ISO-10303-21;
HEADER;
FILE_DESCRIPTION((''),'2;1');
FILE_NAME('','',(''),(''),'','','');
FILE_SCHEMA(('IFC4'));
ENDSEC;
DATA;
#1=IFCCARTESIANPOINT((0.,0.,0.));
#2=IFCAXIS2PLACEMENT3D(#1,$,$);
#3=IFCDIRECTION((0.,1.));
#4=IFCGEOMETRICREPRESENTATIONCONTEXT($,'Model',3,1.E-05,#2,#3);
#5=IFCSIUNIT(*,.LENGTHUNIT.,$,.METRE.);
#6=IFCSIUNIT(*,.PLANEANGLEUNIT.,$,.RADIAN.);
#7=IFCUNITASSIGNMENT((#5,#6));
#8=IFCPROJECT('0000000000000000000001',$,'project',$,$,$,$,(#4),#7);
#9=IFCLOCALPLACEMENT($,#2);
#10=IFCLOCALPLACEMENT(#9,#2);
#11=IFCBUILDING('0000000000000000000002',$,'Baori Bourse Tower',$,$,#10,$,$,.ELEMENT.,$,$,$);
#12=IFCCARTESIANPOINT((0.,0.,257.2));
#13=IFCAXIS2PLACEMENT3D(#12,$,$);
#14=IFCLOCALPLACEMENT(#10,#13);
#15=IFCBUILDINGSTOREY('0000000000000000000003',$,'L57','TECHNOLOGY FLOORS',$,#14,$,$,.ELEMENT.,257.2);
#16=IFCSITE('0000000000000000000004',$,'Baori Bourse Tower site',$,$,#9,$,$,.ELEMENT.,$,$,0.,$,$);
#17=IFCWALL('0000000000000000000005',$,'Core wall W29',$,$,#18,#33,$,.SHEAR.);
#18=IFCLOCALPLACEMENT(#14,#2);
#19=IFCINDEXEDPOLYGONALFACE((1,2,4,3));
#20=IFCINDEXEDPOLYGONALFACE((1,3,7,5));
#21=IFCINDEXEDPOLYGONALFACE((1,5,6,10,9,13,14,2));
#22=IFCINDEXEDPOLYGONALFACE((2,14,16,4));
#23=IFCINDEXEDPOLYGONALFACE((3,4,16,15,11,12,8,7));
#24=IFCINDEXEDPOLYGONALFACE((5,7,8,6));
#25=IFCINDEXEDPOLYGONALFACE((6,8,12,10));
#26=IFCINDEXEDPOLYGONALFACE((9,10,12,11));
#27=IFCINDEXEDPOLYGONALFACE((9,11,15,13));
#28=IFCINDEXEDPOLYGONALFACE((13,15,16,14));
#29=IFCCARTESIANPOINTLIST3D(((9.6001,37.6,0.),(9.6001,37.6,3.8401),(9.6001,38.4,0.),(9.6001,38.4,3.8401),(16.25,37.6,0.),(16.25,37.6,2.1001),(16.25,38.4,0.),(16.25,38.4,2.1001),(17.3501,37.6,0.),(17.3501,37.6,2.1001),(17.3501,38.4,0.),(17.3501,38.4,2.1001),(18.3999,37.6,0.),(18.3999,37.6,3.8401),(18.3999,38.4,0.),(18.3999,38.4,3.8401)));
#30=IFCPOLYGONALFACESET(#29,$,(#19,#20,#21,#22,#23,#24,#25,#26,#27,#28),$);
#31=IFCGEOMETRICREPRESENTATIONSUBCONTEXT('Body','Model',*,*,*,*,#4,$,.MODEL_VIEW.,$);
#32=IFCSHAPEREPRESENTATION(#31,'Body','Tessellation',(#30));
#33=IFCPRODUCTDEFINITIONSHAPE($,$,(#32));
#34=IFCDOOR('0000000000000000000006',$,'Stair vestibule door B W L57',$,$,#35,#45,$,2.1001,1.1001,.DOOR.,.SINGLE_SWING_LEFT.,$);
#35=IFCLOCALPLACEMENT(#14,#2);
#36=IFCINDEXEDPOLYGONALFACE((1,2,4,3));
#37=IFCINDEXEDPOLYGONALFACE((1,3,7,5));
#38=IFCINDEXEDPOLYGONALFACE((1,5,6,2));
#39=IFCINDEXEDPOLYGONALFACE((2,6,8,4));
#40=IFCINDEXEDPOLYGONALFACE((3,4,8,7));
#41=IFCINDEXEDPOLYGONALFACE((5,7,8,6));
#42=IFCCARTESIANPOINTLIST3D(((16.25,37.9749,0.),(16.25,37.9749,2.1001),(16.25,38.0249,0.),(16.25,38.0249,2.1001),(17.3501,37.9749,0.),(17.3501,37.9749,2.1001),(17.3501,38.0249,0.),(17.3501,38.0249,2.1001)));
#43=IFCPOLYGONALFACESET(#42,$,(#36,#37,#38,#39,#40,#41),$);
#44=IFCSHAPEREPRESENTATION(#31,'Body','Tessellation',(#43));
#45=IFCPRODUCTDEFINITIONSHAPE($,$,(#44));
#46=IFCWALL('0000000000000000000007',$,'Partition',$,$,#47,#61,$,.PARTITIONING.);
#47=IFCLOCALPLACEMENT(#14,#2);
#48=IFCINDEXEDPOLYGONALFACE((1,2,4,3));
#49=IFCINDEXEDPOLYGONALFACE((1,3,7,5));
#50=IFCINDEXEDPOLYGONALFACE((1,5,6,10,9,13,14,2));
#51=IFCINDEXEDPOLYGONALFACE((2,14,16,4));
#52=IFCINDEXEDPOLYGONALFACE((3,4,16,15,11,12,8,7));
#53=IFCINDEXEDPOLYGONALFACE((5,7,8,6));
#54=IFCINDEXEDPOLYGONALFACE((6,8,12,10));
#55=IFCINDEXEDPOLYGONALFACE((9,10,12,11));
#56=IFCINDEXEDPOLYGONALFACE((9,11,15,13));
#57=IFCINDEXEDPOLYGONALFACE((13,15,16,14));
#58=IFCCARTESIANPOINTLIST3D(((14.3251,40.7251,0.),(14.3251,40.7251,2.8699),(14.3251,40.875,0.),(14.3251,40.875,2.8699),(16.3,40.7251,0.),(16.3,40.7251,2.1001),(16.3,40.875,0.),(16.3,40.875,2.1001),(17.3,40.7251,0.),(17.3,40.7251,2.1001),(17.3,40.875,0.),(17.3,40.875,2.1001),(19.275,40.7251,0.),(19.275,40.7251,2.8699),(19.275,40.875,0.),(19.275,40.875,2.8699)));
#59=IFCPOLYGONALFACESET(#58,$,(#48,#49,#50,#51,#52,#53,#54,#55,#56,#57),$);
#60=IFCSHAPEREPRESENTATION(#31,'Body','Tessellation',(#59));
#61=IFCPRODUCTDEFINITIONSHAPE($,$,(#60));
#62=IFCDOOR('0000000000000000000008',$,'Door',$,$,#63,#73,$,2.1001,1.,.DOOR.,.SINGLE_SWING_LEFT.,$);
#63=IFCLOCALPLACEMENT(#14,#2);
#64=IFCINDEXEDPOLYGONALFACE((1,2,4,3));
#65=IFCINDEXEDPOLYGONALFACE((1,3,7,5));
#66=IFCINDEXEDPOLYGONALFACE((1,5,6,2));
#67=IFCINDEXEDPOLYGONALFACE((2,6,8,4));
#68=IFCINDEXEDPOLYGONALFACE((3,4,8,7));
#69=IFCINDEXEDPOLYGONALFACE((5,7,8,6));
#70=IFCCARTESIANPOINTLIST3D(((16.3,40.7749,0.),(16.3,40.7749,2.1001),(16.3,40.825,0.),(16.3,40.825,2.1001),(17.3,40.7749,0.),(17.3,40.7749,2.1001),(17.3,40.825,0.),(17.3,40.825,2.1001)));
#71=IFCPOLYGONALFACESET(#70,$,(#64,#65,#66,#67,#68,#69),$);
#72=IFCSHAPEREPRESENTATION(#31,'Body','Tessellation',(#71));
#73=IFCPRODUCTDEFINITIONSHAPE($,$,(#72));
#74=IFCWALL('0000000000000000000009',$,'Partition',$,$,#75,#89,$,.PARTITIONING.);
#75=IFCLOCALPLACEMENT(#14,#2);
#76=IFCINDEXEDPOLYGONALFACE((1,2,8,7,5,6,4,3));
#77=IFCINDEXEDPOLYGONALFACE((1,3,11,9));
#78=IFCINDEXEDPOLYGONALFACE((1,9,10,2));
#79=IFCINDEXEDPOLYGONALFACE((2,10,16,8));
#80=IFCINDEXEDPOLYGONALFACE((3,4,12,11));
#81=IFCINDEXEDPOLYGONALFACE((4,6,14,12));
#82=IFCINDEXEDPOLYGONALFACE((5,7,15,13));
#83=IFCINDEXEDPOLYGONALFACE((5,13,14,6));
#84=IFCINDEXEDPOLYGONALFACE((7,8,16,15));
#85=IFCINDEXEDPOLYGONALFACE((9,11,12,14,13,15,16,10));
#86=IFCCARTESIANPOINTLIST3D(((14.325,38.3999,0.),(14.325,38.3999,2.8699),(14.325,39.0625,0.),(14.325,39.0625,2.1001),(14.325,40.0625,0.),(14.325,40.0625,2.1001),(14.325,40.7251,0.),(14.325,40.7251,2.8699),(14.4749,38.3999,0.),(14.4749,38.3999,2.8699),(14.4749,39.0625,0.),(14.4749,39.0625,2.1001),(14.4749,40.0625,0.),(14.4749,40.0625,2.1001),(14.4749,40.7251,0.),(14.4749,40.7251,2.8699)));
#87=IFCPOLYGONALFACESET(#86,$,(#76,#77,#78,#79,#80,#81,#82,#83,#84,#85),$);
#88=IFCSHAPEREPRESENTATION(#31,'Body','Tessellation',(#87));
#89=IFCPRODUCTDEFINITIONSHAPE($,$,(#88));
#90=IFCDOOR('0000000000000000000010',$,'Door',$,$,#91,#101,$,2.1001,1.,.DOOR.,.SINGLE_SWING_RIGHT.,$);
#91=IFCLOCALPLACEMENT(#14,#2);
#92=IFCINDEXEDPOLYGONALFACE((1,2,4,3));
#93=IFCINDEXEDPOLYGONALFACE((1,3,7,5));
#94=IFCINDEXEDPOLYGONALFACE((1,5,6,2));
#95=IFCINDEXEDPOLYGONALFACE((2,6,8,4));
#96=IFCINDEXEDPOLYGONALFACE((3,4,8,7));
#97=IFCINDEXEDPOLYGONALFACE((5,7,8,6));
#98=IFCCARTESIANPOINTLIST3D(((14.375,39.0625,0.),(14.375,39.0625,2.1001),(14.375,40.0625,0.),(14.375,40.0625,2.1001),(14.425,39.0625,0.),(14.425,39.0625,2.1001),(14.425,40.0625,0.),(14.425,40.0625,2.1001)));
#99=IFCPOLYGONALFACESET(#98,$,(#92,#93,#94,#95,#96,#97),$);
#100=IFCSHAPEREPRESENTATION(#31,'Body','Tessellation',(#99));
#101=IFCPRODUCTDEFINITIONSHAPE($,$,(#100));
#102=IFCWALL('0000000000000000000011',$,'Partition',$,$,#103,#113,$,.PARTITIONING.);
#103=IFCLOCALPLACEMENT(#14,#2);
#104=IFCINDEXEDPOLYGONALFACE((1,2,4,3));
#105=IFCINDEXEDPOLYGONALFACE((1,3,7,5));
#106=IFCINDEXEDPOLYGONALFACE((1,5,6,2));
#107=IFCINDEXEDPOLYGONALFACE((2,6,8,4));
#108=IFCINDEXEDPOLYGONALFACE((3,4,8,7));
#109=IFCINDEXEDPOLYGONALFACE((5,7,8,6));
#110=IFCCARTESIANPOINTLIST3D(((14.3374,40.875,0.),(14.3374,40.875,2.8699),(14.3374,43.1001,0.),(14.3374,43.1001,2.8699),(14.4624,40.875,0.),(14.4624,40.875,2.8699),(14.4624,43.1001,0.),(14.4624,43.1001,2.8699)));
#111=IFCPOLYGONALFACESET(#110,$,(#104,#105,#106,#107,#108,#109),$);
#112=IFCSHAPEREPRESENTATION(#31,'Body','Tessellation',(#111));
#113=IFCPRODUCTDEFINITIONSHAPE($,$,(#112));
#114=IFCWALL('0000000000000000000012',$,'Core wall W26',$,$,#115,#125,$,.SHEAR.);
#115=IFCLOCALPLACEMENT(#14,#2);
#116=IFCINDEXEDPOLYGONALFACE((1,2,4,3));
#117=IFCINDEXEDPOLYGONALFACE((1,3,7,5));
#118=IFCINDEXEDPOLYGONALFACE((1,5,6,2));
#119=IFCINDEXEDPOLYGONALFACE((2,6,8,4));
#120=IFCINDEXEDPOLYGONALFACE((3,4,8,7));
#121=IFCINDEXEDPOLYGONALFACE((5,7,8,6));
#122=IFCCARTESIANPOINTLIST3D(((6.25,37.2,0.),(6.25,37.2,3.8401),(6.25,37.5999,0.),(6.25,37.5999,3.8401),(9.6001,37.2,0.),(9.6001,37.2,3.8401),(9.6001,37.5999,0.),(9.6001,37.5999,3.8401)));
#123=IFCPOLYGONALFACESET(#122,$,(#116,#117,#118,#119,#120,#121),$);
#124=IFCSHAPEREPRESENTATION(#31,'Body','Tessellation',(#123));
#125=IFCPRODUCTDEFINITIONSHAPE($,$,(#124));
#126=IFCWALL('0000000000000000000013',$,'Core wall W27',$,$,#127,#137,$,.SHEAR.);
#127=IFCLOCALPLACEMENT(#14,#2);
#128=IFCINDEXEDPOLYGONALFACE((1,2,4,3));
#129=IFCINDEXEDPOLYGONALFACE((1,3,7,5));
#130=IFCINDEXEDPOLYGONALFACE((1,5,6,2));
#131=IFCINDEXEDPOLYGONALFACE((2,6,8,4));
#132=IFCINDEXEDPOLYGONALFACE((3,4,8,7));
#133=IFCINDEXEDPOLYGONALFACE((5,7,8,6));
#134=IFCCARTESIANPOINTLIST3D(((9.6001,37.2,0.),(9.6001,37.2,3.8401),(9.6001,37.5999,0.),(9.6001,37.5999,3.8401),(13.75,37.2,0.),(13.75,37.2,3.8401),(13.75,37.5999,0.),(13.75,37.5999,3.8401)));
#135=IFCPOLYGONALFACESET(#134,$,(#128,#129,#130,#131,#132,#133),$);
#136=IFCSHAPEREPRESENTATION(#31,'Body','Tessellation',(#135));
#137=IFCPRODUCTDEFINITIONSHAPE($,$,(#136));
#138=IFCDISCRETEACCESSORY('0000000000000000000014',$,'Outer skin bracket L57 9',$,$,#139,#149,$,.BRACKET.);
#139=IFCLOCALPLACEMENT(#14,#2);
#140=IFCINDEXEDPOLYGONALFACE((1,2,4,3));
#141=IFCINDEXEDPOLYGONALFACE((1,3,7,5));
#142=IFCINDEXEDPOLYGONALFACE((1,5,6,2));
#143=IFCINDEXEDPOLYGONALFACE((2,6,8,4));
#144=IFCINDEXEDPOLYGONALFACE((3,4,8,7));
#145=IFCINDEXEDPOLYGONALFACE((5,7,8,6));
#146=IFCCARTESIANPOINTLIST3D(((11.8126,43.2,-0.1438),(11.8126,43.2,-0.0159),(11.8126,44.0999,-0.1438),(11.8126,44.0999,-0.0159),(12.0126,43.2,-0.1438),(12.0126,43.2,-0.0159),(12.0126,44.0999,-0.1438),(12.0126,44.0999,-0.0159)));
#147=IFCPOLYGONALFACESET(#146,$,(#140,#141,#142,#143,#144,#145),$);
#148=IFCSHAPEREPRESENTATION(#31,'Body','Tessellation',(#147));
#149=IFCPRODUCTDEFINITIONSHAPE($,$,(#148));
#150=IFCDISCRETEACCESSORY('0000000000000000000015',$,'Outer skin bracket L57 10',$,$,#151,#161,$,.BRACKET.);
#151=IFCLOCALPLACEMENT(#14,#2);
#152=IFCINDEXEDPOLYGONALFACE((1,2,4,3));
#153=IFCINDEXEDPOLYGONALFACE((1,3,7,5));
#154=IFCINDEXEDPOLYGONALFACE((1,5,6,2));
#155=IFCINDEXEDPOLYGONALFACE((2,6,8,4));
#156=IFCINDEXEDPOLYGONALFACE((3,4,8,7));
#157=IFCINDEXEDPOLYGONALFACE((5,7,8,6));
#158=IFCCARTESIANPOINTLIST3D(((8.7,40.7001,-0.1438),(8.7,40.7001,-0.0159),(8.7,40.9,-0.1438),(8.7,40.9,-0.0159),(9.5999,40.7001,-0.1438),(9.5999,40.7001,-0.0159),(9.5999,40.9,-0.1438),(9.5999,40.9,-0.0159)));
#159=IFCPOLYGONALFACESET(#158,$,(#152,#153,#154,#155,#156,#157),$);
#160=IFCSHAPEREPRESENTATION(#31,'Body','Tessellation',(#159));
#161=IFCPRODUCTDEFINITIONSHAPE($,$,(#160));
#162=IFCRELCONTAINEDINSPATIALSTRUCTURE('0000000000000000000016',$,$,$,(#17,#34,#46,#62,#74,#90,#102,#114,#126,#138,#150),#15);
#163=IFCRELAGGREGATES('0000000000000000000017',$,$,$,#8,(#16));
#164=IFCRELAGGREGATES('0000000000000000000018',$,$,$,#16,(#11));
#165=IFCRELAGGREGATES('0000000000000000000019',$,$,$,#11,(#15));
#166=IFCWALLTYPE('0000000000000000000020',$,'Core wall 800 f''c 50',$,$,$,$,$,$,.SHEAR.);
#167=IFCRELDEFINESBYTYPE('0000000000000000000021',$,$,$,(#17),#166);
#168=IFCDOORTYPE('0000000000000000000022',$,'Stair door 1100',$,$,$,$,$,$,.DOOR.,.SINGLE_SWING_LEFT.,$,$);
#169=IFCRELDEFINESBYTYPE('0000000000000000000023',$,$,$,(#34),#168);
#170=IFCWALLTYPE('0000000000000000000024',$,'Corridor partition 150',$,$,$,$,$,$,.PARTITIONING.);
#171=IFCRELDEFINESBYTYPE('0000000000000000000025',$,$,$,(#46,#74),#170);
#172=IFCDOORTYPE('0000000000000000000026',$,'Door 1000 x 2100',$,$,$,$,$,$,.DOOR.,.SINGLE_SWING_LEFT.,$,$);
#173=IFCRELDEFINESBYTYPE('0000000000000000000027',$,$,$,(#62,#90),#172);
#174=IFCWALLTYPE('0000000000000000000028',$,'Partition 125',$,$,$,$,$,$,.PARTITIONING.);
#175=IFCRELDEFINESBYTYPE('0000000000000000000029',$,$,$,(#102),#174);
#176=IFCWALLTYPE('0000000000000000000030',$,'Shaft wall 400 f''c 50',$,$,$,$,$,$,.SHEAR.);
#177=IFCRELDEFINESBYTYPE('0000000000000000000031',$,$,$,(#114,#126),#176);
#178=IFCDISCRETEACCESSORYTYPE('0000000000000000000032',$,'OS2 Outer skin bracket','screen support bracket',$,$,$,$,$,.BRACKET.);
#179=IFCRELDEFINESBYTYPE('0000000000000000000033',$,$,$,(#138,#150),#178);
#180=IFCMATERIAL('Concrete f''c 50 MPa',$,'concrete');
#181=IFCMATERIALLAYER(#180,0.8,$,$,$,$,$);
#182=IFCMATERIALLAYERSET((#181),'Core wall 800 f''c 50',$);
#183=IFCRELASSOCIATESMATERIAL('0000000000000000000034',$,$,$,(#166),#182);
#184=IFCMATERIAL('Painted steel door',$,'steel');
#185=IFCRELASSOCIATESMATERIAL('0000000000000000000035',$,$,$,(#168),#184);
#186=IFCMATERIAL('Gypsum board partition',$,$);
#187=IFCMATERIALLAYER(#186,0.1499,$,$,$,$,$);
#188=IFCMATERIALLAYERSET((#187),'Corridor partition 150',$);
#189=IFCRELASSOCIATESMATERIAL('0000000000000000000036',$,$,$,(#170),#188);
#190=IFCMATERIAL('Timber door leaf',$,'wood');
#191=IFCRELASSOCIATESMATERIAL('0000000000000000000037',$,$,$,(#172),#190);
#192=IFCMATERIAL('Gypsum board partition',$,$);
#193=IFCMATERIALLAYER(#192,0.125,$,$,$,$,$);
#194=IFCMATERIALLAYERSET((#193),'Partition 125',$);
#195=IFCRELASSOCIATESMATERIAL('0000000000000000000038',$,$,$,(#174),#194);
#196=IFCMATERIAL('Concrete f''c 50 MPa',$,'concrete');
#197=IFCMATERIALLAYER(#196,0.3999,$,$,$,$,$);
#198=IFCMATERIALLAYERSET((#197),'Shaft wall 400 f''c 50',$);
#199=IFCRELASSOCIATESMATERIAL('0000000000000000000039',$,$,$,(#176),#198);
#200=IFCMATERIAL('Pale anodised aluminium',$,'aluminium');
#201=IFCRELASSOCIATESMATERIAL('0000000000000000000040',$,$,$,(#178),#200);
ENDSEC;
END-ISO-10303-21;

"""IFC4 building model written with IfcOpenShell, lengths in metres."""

from ifc_helpers import new_model, si_unit, direction, frame, frame_2d, origin, origin_2d, place, context, subcontext, project, spatial, rectangle, extrude, material, layer, layer_set, type_object, element, fill, save


model = new_model("IFC4")

# Units and contexts
model_context = context("Model", 3, precision=1e-05, world=origin(), true_north=direction((0.0, 1.0)))
body_context = subcontext(model_context, "Body", "Model", "MODEL_VIEW")
ifc_project = project(units=[si_unit("LENGTHUNIT", "METRE"), si_unit("PLANEANGLEUNIT", "RADIAN")], contexts=[model_context])

# Site, building, storey
site_placement = place(None, origin())
site = spatial("IfcSite", under=ifc_project, at=site_placement, Name="Baori Bourse Tower site", CompositionType="ELEMENT", RefElevation=0.0)
building_placement = place(site_placement, origin())
building = spatial("IfcBuilding", under=site, at=building_placement, Name="Baori Bourse Tower", CompositionType="ELEMENT")
storey_placement = place(building_placement, frame((0.0, 0.0, 257.2)))
storey = spatial("IfcBuildingStorey", under=building, at=storey_placement, Name="L57", Description="TECHNOLOGY FLOORS", CompositionType="ELEMENT", Elevation=257.2)

# Shared definitions
ifc_material_1 = material(Name="Concrete f'c 50 MPa", Category="concrete")
ifc_layer_1 = layer(ifc_material_1, 0.8)
ifc_layer_set_1 = layer_set([ifc_layer_1], Name="Core wall 800 f'c 50")
wall_type_1 = type_object("IfcWallType", Name="Core wall 800 f'c 50", PredefinedType="SHEAR", material=ifc_layer_set_1)

# Walls, openings, doors
wall_1_placement = place(storey_placement, frame((9.6001, 38.0, 0.0), z_axis=(0.0, 0.0, 1.0), x_axis=(1.0, 0.0, 0.0)))
wall_1 = element("IfcWall", 1, at=wall_1_placement, inside=storey, type_object=wall_type_1, Name="Core wall W29", PredefinedType="SHEAR", context=body_context, shape_type="SweptSolid", body=[
    extrude(rectangle(XDim=8.7998, YDim=0.8, at=frame_2d((4.3999, 0.0))), origin(), (0.0, 0.0, 1.0), 3.8401),
])
opening_1_placement = place(wall_1_placement, frame((6.6499, 0.0, 0.0)))
opening_1 = element("IfcOpeningElement", 2, at=opening_1_placement, cuts=wall_1, PredefinedType="OPENING", context=body_context, shape_type="SweptSolid", body=[
    extrude(rectangle(XDim=1.1001, YDim=2.1001, at=frame_2d((0.55, 1.05))), frame((0.0, 0.4099, 0.0), z_axis=(0.0, -1.0, 0.0), x_axis=(1.0, 0.0, 0.0)), (0.0, 0.0, 1.0), 0.8201),
])
ifc_material_2 = material(Name="Painted steel door", Category="steel")
door_type_1 = type_object("IfcDoorType", Name="Stair door 1100", OperationType="SINGLE_SWING_LEFT", PredefinedType="DOOR", material=ifc_material_2)
door_1_placement = place(opening_1_placement, origin())
door_1 = element("IfcDoor", 3, at=door_1_placement, inside=storey, type_object=door_type_1, Name="Stair vestibule door B W L57", OperationType="SINGLE_SWING_LEFT", OverallHeight=2.1001, OverallWidth=1.1001, PredefinedType="DOOR", context=body_context, shape_type="SweptSolid", body=[
    extrude(rectangle(XDim=1.1001, YDim=2.1001, at=frame_2d((0.55, 1.05))), frame((0.0, 0.0249, 0.0), z_axis=(0.0, -1.0, 0.0), x_axis=(1.0, 0.0, 0.0)), (0.0, 0.0, 1.0), 0.05),
])
fill(opening_1, door_1)
ifc_material_3 = material(Name="Gypsum board partition")
ifc_layer_2 = layer(ifc_material_3, 0.1499)
ifc_layer_set_2 = layer_set([ifc_layer_2], Name="Corridor partition 150")
wall_type_2 = type_object("IfcWallType", Name="Corridor partition 150", PredefinedType="PARTITIONING", material=ifc_layer_set_2)
wall_2_placement = place(storey_placement, frame((14.325, 40.8, 0.0), z_axis=(0.0, 0.0, 1.0), x_axis=(1.0, 0.0, 0.0)))
wall_2 = element("IfcWall", 4, at=wall_2_placement, inside=storey, type_object=wall_type_2, Name="Partition", PredefinedType="PARTITIONING", context=body_context, shape_type="SweptSolid", body=[
    extrude(rectangle(XDim=4.95, YDim=0.1499, at=frame_2d((2.4751, 0.0))), origin(), (0.0, 0.0, 1.0), 2.8699),
])
opening_2_placement = place(wall_2_placement, frame((1.9751, 0.0, 0.0)))
opening_2 = element("IfcOpeningElement", 5, at=opening_2_placement, cuts=wall_2, PredefinedType="OPENING", context=body_context, shape_type="SweptSolid", body=[
    extrude(rectangle(XDim=1.0, YDim=2.1001, at=frame_2d((0.5, 1.05))), frame((0.0, 0.085, 0.0), z_axis=(0.0, -1.0, 0.0), x_axis=(1.0, 0.0, 0.0)), (0.0, 0.0, 1.0), 0.1699),
])
ifc_material_4 = material(Name="Timber door leaf", Category="wood")
door_type_2 = type_object("IfcDoorType", Name="Door 1000 x 2100", OperationType="SINGLE_SWING_LEFT", PredefinedType="DOOR", material=ifc_material_4)
door_2_placement = place(opening_2_placement, origin())
door_2 = element("IfcDoor", 6, at=door_2_placement, inside=storey, type_object=door_type_2, Name="Door", OperationType="SINGLE_SWING_LEFT", OverallHeight=2.1001, OverallWidth=1.0, PredefinedType="DOOR", context=body_context, shape_type="SweptSolid", body=[
    extrude(rectangle(XDim=1.0, YDim=2.1001, at=frame_2d((0.5, 1.05))), frame((0.0, 0.0249, 0.0), z_axis=(0.0, -1.0, 0.0), x_axis=(1.0, 0.0, 0.0)), (0.0, 0.0, 1.0), 0.05),
])
fill(opening_2, door_2)
wall_3_placement = place(storey_placement, frame((14.3999, 38.3999, 0.0), z_axis=(0.0, 0.0, 1.0), x_axis=(0.0, 1.0, 0.0)))
wall_3 = element("IfcWall", 7, at=wall_3_placement, inside=storey, type_object=wall_type_2, Name="Partition", PredefinedType="PARTITIONING", context=body_context, shape_type="SweptSolid", body=[
    extrude(rectangle(XDim=2.3252, YDim=0.1499, at=frame_2d((1.1626, 0.0))), origin(), (0.0, 0.0, 1.0), 2.8699),
])
opening_3_placement = place(wall_3_placement, frame((0.6626, 0.0, 0.0)))
opening_3 = element("IfcOpeningElement", 8, at=opening_3_placement, cuts=wall_3, PredefinedType="OPENING", context=body_context, shape_type="SweptSolid", body=[
    extrude(rectangle(XDim=1.0, YDim=2.1001, at=frame_2d((0.5, 1.05))), frame((0.0, 0.085, 0.0), z_axis=(0.0, -1.0, 0.0), x_axis=(1.0, 0.0, 0.0)), (0.0, 0.0, 1.0), 0.1699),
])
door_3_placement = place(opening_3_placement, origin())
door_3 = element("IfcDoor", 9, at=door_3_placement, inside=storey, type_object=door_type_2, Name="Door", OperationType="SINGLE_SWING_RIGHT", OverallHeight=2.1001, OverallWidth=1.0, PredefinedType="DOOR", context=body_context, shape_type="SweptSolid", body=[
    extrude(rectangle(XDim=1.0, YDim=2.1001, at=frame_2d((0.5, 1.05))), frame((0.0, 0.0249, 0.0), z_axis=(0.0, -1.0, 0.0), x_axis=(1.0, 0.0, 0.0)), (0.0, 0.0, 1.0), 0.05),
])
fill(opening_3, door_3)

# Walls
ifc_material_5 = material(Name="Gypsum board partition")
ifc_layer_3 = layer(ifc_material_5, 0.125)
ifc_layer_set_3 = layer_set([ifc_layer_3], Name="Partition 125")
wall_type_3 = type_object("IfcWallType", Name="Partition 125", PredefinedType="PARTITIONING", material=ifc_layer_set_3)
wall_4_placement = place(storey_placement, frame((14.3999, 40.875, 0.0), z_axis=(0.0, 0.0, 1.0), x_axis=(0.0, 1.0, 0.0)))
element("IfcWall", 10, at=wall_4_placement, inside=storey, type_object=wall_type_3, Name="Partition", PredefinedType="PARTITIONING", context=body_context, shape_type="SweptSolid", body=[
    extrude(rectangle(XDim=2.2251, YDim=0.125, at=frame_2d((1.1125, 0.0))), origin(), (0.0, 0.0, 1.0), 2.8699),
])
ifc_material_6 = material(Name="Concrete f'c 50 MPa", Category="concrete")
ifc_layer_4 = layer(ifc_material_6, 0.3999)
ifc_layer_set_4 = layer_set([ifc_layer_4], Name="Shaft wall 400 f'c 50")
wall_type_4 = type_object("IfcWallType", Name="Shaft wall 400 f'c 50", PredefinedType="SHEAR", material=ifc_layer_set_4)
wall_5_placement = place(storey_placement, frame((6.25, 37.3999, 0.0), z_axis=(0.0, 0.0, 1.0), x_axis=(1.0, 0.0, 0.0)))
element("IfcWall", 11, at=wall_5_placement, inside=storey, type_object=wall_type_4, Name="Core wall W26", PredefinedType="SHEAR", context=body_context, shape_type="SweptSolid", body=[
    extrude(rectangle(XDim=3.3501, YDim=0.3999, at=frame_2d((1.675, 0.0))), origin(), (0.0, 0.0, 1.0), 3.8401),
])
wall_6_placement = place(storey_placement, frame((9.6001, 37.3999, 0.0), z_axis=(0.0, 0.0, 1.0), x_axis=(1.0, 0.0, 0.0)))
element("IfcWall", 12, at=wall_6_placement, inside=storey, type_object=wall_type_4, Name="Core wall W27", PredefinedType="SHEAR", context=body_context, shape_type="SweptSolid", body=[
    extrude(rectangle(XDim=4.1499, YDim=0.3999, at=frame_2d((2.075, 0.0))), origin(), (0.0, 0.0, 1.0), 3.8401),
])

# Discrete accessories
ifc_material_7 = material(Name="Pale anodised aluminium", Category="aluminium")
discrete_accessory_type = type_object("IfcDiscreteAccessoryType", Name="OS2 Outer skin bracket", Description="screen support bracket", PredefinedType="BRACKET", material=ifc_material_7)
for number, where, z_axis, x_axis, name in (
    (13, (11.9126, 43.6499, -0.1438), (0.0, 0.0, 1.0), (-1.0, 0.0, 0.0), "Outer skin bracket L57 9"),
    (14, (9.1499, 40.8, -0.1438), (0.0, 0.0, 1.0), (0.0, -1.0, 0.0), "Outer skin bracket L57 10"),
):
    element("IfcDiscreteAccessory", number, at=place(storey_placement, frame(where, z_axis=z_axis, x_axis=x_axis)), inside=storey, type_object=discrete_accessory_type, Name=name, PredefinedType="BRACKET", context=body_context, shape_type="SweptSolid", body=[
        extrude(rectangle(XDim=0.2, YDim=0.8999, at=origin_2d()), origin(), (0.0, 0.0, 1.0), 0.1279),
    ])

save(model, "model.ifc")
